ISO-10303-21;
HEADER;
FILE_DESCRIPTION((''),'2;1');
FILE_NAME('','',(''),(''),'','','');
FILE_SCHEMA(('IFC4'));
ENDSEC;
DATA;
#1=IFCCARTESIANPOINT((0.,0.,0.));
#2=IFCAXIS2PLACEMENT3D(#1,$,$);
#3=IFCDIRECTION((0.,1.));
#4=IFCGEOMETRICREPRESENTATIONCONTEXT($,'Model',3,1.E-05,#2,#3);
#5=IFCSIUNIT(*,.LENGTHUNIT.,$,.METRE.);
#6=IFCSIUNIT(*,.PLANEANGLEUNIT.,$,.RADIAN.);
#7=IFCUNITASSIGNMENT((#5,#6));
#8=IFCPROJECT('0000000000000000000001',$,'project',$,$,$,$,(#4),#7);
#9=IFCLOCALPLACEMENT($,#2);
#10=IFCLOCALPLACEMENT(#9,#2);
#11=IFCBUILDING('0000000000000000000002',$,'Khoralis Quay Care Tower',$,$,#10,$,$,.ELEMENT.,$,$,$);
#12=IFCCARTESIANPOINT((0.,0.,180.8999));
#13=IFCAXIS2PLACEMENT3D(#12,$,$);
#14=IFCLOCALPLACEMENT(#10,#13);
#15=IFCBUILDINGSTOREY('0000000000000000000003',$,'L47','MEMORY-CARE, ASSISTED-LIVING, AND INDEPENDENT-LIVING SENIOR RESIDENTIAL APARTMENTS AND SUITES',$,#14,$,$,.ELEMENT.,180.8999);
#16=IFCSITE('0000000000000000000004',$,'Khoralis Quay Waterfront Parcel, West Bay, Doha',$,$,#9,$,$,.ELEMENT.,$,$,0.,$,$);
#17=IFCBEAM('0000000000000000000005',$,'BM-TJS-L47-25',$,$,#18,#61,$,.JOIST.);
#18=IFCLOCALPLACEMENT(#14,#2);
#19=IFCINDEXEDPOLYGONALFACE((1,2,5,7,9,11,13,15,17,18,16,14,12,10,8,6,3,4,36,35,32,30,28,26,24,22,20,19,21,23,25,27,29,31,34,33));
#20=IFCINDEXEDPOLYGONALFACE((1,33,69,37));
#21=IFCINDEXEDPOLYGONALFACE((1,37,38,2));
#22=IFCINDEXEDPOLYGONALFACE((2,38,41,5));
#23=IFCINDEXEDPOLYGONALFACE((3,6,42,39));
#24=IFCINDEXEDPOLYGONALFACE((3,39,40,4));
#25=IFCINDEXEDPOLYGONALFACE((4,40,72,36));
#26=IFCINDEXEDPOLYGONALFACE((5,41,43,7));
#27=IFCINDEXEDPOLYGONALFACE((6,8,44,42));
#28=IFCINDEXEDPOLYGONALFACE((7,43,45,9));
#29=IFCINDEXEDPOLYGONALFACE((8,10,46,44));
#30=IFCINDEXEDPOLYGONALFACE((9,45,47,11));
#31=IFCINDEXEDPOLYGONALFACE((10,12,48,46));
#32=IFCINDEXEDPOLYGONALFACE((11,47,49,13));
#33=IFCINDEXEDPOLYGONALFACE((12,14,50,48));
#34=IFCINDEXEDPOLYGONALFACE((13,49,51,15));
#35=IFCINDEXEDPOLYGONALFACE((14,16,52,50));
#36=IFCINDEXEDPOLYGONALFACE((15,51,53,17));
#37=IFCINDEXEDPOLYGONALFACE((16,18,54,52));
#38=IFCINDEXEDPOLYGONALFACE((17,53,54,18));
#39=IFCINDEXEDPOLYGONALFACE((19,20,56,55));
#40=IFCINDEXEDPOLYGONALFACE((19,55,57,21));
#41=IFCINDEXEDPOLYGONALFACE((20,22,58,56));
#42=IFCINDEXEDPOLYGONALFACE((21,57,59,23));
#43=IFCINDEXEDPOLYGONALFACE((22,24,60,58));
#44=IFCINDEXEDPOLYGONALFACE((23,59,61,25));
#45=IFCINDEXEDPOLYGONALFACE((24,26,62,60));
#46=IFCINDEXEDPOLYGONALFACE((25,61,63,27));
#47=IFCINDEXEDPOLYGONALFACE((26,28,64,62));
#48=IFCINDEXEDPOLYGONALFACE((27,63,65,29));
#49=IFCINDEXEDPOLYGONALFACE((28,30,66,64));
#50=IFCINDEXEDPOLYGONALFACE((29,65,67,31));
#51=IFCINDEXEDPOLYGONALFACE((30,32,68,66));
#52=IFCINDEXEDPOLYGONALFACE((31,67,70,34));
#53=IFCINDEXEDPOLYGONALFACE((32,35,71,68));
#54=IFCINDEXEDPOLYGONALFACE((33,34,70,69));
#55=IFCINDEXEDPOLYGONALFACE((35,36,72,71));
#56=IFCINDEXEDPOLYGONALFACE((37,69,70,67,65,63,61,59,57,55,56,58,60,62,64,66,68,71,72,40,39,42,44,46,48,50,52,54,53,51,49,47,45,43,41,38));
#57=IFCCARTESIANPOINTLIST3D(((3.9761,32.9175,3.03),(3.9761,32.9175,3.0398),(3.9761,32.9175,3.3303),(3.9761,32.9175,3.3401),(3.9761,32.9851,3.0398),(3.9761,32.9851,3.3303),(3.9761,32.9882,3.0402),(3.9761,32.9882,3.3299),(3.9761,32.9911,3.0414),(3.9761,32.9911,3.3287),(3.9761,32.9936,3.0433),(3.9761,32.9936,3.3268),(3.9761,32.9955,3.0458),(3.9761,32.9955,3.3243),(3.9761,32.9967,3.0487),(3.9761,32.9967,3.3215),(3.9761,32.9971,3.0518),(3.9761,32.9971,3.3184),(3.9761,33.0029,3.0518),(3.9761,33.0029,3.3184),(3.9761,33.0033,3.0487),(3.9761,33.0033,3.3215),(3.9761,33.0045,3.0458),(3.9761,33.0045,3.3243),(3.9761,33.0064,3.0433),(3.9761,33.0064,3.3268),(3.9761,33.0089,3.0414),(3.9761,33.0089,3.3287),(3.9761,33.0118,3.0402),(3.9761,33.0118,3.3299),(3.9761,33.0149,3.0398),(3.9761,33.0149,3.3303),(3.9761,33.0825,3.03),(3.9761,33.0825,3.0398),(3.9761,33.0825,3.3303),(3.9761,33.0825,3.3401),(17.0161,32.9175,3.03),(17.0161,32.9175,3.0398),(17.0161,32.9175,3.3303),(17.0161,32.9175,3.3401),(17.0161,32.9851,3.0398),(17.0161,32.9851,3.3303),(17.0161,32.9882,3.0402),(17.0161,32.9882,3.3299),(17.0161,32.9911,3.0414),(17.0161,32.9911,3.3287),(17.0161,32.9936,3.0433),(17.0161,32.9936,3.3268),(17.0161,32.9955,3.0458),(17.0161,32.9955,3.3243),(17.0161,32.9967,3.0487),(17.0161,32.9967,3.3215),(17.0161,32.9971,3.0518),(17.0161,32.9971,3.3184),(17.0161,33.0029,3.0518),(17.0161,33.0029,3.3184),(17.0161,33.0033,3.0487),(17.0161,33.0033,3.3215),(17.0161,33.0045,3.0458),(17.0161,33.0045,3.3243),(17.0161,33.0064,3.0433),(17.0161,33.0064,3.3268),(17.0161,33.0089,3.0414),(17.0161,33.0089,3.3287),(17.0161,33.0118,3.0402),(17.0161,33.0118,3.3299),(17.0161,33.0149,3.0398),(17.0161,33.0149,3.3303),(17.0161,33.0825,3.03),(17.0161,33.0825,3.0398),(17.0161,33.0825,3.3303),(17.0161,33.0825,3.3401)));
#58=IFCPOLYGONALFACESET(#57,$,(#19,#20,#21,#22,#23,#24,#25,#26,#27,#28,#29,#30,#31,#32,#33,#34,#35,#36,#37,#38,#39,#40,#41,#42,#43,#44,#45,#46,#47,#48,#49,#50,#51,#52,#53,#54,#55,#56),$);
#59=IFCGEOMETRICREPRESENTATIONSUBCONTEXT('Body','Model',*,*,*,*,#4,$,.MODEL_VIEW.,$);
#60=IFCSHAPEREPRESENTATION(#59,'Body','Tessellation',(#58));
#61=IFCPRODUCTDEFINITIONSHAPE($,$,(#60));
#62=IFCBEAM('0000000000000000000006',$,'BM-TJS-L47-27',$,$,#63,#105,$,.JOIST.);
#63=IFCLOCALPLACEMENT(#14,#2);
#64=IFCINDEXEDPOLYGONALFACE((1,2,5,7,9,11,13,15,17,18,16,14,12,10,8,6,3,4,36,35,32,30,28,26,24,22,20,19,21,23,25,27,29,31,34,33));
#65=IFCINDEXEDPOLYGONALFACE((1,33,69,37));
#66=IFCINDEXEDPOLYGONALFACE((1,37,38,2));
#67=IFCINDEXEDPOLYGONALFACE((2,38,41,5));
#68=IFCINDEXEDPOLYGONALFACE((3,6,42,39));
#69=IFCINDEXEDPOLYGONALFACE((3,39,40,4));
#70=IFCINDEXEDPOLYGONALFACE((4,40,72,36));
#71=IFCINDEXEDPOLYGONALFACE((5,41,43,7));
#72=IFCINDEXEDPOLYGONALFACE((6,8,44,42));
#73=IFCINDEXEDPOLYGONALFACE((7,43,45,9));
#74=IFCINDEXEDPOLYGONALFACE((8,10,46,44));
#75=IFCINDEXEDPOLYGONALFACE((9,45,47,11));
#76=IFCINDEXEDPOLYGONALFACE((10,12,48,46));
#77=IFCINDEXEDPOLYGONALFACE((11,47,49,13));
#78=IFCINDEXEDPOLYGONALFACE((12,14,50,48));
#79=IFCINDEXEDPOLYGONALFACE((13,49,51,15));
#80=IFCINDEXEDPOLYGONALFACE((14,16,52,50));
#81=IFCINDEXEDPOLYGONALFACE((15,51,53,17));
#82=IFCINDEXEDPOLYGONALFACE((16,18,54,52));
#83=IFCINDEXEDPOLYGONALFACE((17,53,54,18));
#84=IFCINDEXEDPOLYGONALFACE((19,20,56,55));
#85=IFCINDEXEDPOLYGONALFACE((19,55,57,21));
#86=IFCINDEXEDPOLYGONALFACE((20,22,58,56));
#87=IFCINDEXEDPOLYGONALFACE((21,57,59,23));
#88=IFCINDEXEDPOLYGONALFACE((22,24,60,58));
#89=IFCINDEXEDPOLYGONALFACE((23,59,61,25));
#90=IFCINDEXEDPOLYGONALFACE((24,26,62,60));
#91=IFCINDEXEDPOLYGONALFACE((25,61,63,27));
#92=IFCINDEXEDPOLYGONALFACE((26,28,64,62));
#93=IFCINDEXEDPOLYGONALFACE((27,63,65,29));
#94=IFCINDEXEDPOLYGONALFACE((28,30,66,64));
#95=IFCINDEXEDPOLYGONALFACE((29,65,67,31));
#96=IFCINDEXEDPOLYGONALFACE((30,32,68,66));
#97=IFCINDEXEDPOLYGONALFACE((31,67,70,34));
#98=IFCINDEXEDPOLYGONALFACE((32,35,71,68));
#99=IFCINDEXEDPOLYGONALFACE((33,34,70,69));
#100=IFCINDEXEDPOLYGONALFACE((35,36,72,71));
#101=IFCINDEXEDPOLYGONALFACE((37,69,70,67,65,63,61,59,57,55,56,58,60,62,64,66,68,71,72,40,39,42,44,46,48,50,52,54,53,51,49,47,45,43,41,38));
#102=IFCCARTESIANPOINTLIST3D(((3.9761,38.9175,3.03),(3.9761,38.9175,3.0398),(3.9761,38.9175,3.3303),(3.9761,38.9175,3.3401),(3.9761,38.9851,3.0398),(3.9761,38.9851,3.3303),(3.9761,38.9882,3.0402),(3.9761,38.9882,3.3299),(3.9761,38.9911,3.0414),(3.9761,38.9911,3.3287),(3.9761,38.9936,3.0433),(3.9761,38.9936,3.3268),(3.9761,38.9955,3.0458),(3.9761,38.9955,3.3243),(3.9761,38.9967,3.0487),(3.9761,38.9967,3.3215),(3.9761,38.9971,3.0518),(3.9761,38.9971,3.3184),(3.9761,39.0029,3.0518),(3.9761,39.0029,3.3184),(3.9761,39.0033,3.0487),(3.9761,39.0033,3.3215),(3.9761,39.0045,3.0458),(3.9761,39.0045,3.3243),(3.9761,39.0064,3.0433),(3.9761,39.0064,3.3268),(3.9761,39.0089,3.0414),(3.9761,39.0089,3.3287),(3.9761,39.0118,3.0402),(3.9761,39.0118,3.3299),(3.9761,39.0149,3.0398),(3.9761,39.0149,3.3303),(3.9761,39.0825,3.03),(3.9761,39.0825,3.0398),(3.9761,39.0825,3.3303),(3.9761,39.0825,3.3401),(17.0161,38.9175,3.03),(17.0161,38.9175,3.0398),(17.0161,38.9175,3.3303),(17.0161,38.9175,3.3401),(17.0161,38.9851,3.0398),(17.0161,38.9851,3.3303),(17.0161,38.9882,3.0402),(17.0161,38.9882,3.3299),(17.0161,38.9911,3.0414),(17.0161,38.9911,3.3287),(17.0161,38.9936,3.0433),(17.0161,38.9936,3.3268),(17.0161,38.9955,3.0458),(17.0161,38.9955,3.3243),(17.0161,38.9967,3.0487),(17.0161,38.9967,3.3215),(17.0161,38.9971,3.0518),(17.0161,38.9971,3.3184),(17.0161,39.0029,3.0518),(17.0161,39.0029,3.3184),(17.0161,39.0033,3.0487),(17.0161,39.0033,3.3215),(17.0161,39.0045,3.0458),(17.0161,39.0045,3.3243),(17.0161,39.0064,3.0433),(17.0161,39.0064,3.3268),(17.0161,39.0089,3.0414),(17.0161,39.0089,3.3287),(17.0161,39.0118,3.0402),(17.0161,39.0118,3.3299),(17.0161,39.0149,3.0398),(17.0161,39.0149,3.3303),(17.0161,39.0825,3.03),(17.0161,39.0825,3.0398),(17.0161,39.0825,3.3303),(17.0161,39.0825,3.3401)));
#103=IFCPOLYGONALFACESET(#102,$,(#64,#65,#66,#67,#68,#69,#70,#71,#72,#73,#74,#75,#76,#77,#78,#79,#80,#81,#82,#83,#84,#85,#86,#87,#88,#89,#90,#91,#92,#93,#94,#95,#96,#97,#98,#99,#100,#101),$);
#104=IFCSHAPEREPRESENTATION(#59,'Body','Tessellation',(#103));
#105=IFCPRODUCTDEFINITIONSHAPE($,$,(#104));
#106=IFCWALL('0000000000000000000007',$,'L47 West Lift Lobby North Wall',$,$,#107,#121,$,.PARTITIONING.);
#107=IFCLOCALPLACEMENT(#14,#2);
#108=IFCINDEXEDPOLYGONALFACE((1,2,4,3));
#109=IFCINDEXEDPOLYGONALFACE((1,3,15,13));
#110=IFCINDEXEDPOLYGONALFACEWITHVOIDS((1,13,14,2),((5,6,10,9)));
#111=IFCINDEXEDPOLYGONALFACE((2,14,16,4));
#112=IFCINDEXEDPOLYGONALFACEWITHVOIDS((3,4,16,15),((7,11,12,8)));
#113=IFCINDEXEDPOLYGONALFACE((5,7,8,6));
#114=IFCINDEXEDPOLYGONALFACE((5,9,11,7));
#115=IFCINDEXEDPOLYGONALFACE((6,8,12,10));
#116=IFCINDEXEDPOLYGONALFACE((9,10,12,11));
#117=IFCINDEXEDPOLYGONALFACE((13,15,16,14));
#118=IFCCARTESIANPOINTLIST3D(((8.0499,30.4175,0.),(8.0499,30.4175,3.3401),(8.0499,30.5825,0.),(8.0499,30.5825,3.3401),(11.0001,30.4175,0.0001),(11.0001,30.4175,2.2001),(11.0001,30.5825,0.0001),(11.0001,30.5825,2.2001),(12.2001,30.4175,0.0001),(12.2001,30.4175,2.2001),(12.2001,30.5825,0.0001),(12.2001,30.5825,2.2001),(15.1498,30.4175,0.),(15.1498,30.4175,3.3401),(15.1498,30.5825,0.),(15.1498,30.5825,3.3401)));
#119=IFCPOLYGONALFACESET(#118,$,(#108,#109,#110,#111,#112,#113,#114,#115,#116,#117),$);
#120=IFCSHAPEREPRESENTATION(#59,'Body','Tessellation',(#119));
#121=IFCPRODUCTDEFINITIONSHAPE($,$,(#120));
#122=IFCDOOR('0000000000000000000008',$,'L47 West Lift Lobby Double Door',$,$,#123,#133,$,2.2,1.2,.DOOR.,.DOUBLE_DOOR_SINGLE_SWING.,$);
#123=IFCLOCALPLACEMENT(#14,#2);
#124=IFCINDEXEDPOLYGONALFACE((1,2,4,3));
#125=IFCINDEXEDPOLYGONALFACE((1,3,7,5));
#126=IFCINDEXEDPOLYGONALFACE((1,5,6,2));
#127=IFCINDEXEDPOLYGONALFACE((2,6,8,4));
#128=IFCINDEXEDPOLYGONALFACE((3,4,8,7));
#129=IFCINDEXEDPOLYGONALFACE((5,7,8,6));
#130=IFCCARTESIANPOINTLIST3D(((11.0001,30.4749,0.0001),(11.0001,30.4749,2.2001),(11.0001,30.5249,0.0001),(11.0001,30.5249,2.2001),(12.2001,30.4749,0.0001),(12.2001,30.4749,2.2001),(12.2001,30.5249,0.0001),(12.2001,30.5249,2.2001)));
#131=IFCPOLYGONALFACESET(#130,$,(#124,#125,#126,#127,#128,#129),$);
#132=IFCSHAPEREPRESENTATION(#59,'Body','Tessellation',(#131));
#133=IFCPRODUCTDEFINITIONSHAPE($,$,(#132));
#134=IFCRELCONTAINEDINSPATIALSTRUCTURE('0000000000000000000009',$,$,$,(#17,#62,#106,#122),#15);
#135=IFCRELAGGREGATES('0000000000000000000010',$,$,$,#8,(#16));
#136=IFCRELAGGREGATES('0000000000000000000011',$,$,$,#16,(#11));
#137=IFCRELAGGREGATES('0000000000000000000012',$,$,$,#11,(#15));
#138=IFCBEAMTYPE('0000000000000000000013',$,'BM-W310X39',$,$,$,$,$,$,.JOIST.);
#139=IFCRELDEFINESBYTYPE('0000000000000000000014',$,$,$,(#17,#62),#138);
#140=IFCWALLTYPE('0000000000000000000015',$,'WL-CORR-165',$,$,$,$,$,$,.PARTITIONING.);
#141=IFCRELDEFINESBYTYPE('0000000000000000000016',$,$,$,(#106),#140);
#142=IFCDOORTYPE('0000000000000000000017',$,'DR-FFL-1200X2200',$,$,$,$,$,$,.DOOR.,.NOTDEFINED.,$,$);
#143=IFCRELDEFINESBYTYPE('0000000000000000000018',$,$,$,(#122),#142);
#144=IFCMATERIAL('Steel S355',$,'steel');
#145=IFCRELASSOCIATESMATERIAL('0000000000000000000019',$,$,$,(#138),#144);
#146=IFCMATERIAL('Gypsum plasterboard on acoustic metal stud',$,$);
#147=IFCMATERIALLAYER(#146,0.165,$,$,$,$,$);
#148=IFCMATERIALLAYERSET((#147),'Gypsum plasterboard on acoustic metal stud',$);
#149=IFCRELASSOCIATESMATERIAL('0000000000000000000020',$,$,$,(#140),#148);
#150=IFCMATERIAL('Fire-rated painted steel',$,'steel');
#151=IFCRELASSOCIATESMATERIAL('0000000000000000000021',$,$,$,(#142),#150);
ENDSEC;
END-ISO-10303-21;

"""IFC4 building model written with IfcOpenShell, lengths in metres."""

from ifc_helpers import new_model, si_unit, direction, frame, frame_2d, origin, origin_2d, place, context, subcontext, project, spatial, rectangle, i_section, extrude, source, transform, mapped, material, layer, layer_set, material_profile, profile_set, type_object, element, fill, save


model = new_model("IFC4")

# Units and contexts
model_context = context("Model", 3, precision=1e-05, world=origin(), true_north=direction((0.0, 1.0)))
body_context = subcontext(model_context, "Body", "Model", "MODEL_VIEW")
ifc_project = project(units=[si_unit("LENGTHUNIT", "METRE"), si_unit("PLANEANGLEUNIT", "RADIAN")], contexts=[model_context])

# Site, building, storey
site_placement = place(None, origin())
site = spatial("IfcSite", under=ifc_project, at=site_placement, Name="Khoralis Quay Waterfront Parcel, West Bay, Doha", CompositionType="ELEMENT", RefElevation=0.0)
building_placement = place(site_placement, origin())
building = spatial("IfcBuilding", under=site, at=building_placement, Name="Khoralis Quay Care Tower", CompositionType="ELEMENT")
storey_placement = place(building_placement, frame((0.0, 0.0, 180.8999)))
storey = spatial("IfcBuildingStorey", under=building, at=storey_placement, Name="L47", Description="MEMORY-CARE, ASSISTED-LIVING, AND INDEPENDENT-LIVING SENIOR RESIDENTIAL APARTMENTS AND SUITES", CompositionType="ELEMENT", Elevation=180.8999)

# Beams
ifc_material_1 = material(Name="Steel S355", Category="steel")
ifc_material_profile_1 = material_profile(ifc_material_1, i_section(OverallWidth=0.165, OverallDepth=0.3101, WebThickness=0.0059, FlangeThickness=0.0098, FilletRadius=0.012, at=origin_2d()), Name="Steel S355")
ifc_profile_set_1 = profile_set([ifc_material_profile_1], Name="Steel S355")
beam_type_1 = type_object("IfcBeamType", Name="BM-W310X39", PredefinedType="JOIST", material=ifc_profile_set_1)
shared_shape_1 = source(origin(), body_context, "Body", "SweptSolid", [
    extrude(i_section(OverallWidth=0.165, OverallDepth=0.3101, WebThickness=0.0059, FlangeThickness=0.0098, FilletRadius=0.012, at=origin_2d()), origin(), (0.0, 0.0, 1.0), 13.04),
])
for number, where, z_axis, x_axis, name in (
    (1, (3.9761, 33.0, 3.1851), (1.0, 0.0, 0.0), (0.0, 1.0, 0.0), "BM-TJS-L47-25"),
    (2, (3.9761, 39.0, 3.1851), (1.0, 0.0, 0.0), (0.0, 1.0, 0.0), "BM-TJS-L47-27"),
):
    element("IfcBeam", number, at=place(storey_placement, frame(where, z_axis=z_axis, x_axis=x_axis)), inside=storey, type_object=beam_type_1, Name=name, PredefinedType="JOIST", context=body_context, shape_type="MappedRepresentation", body=[
        mapped(shared_shape_1, transform((0.0, 0.0, 0.0), scale=1.0)),
    ])

# Wall, opening, door
ifc_material_2 = material(Name="Gypsum plasterboard on acoustic metal stud")
ifc_layer_1 = layer(ifc_material_2, 0.165)
ifc_layer_set_1 = layer_set([ifc_layer_1], Name="Gypsum plasterboard on acoustic metal stud")
wall_type_1 = type_object("IfcWallType", Name="WL-CORR-165", PredefinedType="PARTITIONING", material=ifc_layer_set_1)
wall_1_placement = place(storey_placement, frame((8.05, 30.5, 0.0), z_axis=(0.0, 0.0, 1.0), x_axis=(1.0, 0.0, 0.0)))
wall_1 = element("IfcWall", 3, at=wall_1_placement, inside=storey, type_object=wall_type_1, Name="L47 West Lift Lobby North Wall", PredefinedType="PARTITIONING", context=body_context, shape_type="SweptSolid", body=[
    extrude(rectangle(XDim=7.0999, YDim=0.165, at=frame_2d((3.5498, 0.0))), origin(), (0.0, 0.0, 1.0), 3.3401),
])
opening_1_placement = place(wall_1_placement, frame((2.95, 0.0, 0.0)))
opening_1 = element("IfcOpeningElement", 4, at=opening_1_placement, cuts=wall_1, PredefinedType="OPENING", context=body_context, shape_type="SweptSolid", body=[
    extrude(rectangle(XDim=1.2, YDim=2.2, at=frame_2d((0.6001, 1.1001))), frame((0.0, 0.0925, 0.0), z_axis=(0.0, -1.0, 0.0), x_axis=(1.0, 0.0, 0.0)), (0.0, 0.0, 1.0), 0.1851),
])
ifc_material_3 = material(Name="Fire-rated painted steel", Category="steel")
door_type_1 = type_object("IfcDoorType", Name="DR-FFL-1200X2200", OperationType="NOTDEFINED", PredefinedType="DOOR", material=ifc_material_3)
shared_shape_2 = source(origin(), body_context, "Body", "SweptSolid", [
    extrude(rectangle(XDim=1.2, YDim=2.2, at=frame_2d((0.6001, 1.1001))), frame((0.0, 0.0249, 0.0), z_axis=(0.0, -1.0, 0.0), x_axis=(1.0, 0.0, 0.0)), (0.0, 0.0, 1.0), 0.05),
])
door_1_placement = place(opening_1_placement, origin())
door_1 = element("IfcDoor", 5, at=door_1_placement, inside=storey, type_object=door_type_1, Name="L47 West Lift Lobby Double Door", OperationType="DOUBLE_DOOR_SINGLE_SWING", OverallHeight=2.2, OverallWidth=1.2, PredefinedType="DOOR", context=body_context, shape_type="MappedRepresentation", body=[
    mapped(shared_shape_2, transform((0.0, 0.0, 0.0), scale=1.0)),
])
fill(opening_1, door_1)

save(model, "model.ifc")
